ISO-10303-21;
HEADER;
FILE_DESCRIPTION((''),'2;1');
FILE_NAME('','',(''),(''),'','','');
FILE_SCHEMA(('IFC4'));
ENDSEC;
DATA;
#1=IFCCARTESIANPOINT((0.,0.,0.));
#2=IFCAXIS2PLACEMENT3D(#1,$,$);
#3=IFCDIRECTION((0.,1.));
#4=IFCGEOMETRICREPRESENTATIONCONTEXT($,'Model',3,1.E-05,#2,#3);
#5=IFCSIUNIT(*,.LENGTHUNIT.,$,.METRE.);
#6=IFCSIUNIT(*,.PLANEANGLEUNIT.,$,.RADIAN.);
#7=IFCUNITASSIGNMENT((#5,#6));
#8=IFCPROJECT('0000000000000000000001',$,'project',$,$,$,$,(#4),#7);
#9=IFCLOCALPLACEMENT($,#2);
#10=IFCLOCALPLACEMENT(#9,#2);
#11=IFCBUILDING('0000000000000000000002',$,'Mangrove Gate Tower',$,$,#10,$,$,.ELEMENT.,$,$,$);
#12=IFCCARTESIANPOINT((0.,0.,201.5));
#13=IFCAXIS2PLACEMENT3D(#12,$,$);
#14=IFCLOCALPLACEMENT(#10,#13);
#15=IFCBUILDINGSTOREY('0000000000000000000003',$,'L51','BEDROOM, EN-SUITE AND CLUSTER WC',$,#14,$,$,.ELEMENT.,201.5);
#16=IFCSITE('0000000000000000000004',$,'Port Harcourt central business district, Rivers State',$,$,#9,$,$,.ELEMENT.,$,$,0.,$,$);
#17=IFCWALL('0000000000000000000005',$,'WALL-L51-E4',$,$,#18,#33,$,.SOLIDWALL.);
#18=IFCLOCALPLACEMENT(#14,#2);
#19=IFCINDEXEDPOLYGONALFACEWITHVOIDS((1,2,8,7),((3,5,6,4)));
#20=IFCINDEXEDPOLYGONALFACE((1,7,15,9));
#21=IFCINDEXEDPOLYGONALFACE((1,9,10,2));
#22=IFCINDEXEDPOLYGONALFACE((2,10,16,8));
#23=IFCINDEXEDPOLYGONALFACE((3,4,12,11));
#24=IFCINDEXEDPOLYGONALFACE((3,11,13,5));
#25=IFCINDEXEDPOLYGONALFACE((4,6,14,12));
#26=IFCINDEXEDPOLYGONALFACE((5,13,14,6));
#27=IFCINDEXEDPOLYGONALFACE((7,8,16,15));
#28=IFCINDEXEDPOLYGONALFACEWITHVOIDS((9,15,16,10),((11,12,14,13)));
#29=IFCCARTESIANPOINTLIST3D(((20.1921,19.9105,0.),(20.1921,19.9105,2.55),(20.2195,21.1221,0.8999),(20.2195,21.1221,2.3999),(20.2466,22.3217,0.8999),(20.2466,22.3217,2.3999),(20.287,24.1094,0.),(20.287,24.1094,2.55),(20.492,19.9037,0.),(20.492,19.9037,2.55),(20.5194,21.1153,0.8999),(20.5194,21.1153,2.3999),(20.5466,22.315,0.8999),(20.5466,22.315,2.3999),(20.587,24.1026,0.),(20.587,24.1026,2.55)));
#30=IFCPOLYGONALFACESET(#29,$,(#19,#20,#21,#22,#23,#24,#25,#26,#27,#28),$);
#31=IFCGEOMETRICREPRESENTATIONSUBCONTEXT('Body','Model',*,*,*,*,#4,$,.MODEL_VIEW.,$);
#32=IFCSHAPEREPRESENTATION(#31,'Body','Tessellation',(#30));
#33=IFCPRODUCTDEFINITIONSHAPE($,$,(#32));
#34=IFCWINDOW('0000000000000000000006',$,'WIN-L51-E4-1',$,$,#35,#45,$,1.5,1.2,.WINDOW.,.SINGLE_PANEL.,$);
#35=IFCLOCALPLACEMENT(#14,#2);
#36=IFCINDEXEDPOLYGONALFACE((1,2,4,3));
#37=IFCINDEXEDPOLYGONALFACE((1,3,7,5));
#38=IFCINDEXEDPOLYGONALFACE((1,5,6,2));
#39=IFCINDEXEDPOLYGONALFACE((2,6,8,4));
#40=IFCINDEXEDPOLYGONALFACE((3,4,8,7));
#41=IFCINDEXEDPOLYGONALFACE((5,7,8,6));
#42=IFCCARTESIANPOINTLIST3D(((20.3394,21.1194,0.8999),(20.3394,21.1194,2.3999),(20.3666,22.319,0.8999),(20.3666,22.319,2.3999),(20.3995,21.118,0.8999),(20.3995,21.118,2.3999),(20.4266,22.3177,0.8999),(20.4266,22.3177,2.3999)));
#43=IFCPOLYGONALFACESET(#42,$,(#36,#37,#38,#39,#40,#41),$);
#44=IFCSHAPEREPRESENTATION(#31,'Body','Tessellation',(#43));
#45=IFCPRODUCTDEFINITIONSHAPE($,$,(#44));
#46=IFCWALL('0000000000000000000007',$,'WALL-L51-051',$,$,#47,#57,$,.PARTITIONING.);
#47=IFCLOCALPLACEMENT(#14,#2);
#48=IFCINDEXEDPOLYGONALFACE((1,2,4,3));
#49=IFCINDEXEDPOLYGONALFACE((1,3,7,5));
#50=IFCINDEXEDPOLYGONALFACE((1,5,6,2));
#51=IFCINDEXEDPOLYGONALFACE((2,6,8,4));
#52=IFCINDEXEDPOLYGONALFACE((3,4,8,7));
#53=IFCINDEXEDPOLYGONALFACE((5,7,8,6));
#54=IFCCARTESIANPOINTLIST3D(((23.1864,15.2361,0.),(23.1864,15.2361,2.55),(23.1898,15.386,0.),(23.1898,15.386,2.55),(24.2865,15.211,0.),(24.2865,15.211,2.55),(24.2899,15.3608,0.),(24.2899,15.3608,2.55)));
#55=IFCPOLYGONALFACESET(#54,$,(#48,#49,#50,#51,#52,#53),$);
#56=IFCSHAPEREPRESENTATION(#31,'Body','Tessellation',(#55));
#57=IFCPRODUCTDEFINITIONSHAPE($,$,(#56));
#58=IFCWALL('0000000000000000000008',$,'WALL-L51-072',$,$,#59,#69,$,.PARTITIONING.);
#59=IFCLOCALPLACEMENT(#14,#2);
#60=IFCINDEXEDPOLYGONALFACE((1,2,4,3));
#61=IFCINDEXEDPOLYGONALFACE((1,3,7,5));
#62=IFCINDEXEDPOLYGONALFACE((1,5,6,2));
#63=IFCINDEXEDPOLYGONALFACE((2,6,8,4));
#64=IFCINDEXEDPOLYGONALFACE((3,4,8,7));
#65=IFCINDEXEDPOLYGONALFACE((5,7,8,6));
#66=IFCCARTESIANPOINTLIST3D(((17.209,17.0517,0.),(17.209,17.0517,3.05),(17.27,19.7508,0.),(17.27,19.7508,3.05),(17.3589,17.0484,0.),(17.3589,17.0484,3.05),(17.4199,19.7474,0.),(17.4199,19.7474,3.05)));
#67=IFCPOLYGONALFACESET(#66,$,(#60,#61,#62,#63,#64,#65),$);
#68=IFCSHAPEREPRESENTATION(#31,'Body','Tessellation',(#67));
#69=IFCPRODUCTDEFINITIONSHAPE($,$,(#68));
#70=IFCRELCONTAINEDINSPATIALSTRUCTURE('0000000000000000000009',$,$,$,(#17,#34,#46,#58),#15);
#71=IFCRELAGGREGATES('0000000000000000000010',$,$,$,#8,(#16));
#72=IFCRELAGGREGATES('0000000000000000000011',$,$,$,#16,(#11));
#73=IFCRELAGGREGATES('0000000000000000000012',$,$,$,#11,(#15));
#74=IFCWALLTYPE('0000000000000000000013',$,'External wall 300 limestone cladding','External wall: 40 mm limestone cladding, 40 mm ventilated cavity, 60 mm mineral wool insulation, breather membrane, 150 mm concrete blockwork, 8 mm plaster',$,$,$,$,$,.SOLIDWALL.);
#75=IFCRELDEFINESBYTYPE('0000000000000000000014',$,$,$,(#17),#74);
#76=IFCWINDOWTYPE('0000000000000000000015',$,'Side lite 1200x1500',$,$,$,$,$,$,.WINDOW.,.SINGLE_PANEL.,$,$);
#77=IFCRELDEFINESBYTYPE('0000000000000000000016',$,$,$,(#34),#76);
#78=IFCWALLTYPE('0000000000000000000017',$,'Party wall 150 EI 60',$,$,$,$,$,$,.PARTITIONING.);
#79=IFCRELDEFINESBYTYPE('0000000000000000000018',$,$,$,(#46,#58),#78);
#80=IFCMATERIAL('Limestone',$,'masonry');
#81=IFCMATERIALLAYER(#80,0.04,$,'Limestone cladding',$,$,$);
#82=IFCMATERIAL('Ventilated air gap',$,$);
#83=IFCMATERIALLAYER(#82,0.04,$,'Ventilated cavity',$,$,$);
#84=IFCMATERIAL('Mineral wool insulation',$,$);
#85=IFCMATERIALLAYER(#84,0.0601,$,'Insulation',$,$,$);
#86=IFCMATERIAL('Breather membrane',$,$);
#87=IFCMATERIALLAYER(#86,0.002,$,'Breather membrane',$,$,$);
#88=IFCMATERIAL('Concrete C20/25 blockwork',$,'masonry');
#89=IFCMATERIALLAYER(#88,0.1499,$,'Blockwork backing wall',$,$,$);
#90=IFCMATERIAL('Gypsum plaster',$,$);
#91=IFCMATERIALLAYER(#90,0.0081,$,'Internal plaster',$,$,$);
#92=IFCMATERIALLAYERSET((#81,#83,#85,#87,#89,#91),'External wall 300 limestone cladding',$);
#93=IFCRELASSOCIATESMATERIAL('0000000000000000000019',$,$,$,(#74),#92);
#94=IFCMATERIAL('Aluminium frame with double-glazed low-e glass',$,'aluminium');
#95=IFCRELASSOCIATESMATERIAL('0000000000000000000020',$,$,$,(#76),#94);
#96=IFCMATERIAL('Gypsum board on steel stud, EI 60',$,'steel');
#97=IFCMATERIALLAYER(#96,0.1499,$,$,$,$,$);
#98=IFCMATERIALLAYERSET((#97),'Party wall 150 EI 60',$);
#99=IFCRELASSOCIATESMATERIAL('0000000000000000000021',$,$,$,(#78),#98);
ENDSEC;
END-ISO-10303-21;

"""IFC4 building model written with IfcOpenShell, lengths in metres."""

from ifc_helpers import new_model, si_unit, direction, frame, frame_2d, origin, place, context, subcontext, project, spatial, rectangle, extrude, material, layer, layer_set, type_object, element, fill, save


model = new_model("IFC4")

# Units and contexts
model_context = context("Model", 3, precision=1e-05, world=origin(), true_north=direction((0.0, 1.0)))
body_context = subcontext(model_context, "Body", "Model", "MODEL_VIEW")
ifc_project = project(units=[si_unit("LENGTHUNIT", "METRE"), si_unit("PLANEANGLEUNIT", "RADIAN")], contexts=[model_context])

# Site, building, storey
site_placement = place(None, origin())
site = spatial("IfcSite", under=ifc_project, at=site_placement, Name="Port Harcourt central business district, Rivers State", CompositionType="ELEMENT", RefElevation=0.0)
building_placement = place(site_placement, origin())
building = spatial("IfcBuilding", under=site, at=building_placement, Name="Mangrove Gate Tower", CompositionType="ELEMENT")
storey_placement = place(building_placement, frame((0.0, 0.0, 201.5)))
storey = spatial("IfcBuildingStorey", under=building, at=storey_placement, Name="L51", Description="BEDROOM, EN-SUITE AND CLUSTER WC", CompositionType="ELEMENT", Elevation=201.5)

# Wall, opening, window
ifc_material_1 = material(Name="Limestone", Category="masonry")
ifc_layer_1 = layer(ifc_material_1, 0.04, Name="Limestone cladding")
ifc_material_2 = material(Name="Ventilated air gap")
ifc_layer_2 = layer(ifc_material_2, 0.04, Name="Ventilated cavity")
ifc_material_3 = material(Name="Mineral wool insulation")
ifc_layer_3 = layer(ifc_material_3, 0.0601, Name="Insulation")
ifc_material_4 = material(Name="Breather membrane")
ifc_layer_4 = layer(ifc_material_4, 0.002, Name="Breather membrane")
ifc_material_5 = material(Name="Concrete C20/25 blockwork", Category="masonry")
ifc_layer_5 = layer(ifc_material_5, 0.1499, Name="Blockwork backing wall")
ifc_material_6 = material(Name="Gypsum plaster")
ifc_layer_6 = layer(ifc_material_6, 0.0081, Name="Internal plaster")
ifc_layer_set_1 = layer_set([ifc_layer_1, ifc_layer_2, ifc_layer_3, ifc_layer_4, ifc_layer_5, ifc_layer_6], Name="External wall 300 limestone cladding")
wall_type_1 = type_object("IfcWallType", Name="External wall 300 limestone cladding", Description="External wall: 40 mm limestone cladding, 40 mm ventilated cavity, 60 mm mineral wool insulation, breather membrane, 150 mm concrete blockwork, 8 mm plaster", PredefinedType="SOLIDWALL", material=ifc_layer_set_1)
ifc_material_7 = material(Name="Aluminium frame with double-glazed low-e glass", Category="aluminium")
window_type_1 = type_object("IfcWindowType", Name="Side lite 1200x1500", PartitioningType="SINGLE_PANEL", PredefinedType="WINDOW", material=ifc_material_7)
wall_1_placement = place(storey_placement, frame((20.342, 19.907, 0.0), z_axis=(0.0, 0.0, 1.0), x_axis=(0.022612, 0.999744, 0.0)))
wall_1 = element("IfcWall", 1, at=wall_1_placement, inside=storey, type_object=wall_type_1, Name="WALL-L51-E4", PredefinedType="SOLIDWALL", context=body_context, shape_type="SweptSolid", body=[
    extrude(rectangle(XDim=4.2, YDim=0.3, at=frame_2d((2.1001, 0.0))), origin(), (0.0, 0.0, 1.0), 2.55),
])
opening_1_placement = place(wall_1_placement, frame((1.2119, 0.0, 0.8999)))
opening_1 = element("IfcOpeningElement", 2, at=opening_1_placement, cuts=wall_1, PredefinedType="OPENING", context=body_context, shape_type="SweptSolid", body=[
    extrude(rectangle(XDim=1.2, YDim=1.5, at=frame_2d((0.6001, 0.75))), frame((0.0, 0.1599, 0.0), z_axis=(0.0, -1.0, 0.0), x_axis=(1.0, 0.0, 0.0)), (0.0, 0.0, 1.0), 0.3201),
])
window_1_placement = place(opening_1_placement, origin())
window_1 = element("IfcWindow", 3, at=window_1_placement, inside=storey, type_object=window_type_1, Name="WIN-L51-E4-1", OverallHeight=1.5, OverallWidth=1.2, PartitioningType="SINGLE_PANEL", PredefinedType="WINDOW", context=body_context, shape_type="SweptSolid", body=[
    extrude(rectangle(XDim=1.2, YDim=1.5, at=frame_2d((0.6001, 0.75))), frame((0.0, 0.03, 0.0), z_axis=(0.0, -1.0, 0.0), x_axis=(1.0, 0.0, 0.0)), (0.0, 0.0, 1.0), 0.0601),
])
fill(opening_1, window_1)

# Walls
ifc_material_8 = material(Name="Gypsum board on steel stud, EI 60", Category="steel")
ifc_layer_7 = layer(ifc_material_8, 0.1499)
ifc_layer_set_2 = layer_set([ifc_layer_7], Name="Party wall 150 EI 60")
wall_type_2 = type_object("IfcWallType", Name="Party wall 150 EI 60", PredefinedType="PARTITIONING", material=ifc_layer_set_2)
wall_2_placement = place(storey_placement, frame((23.188, 15.311, 0.0), z_axis=(0.0, 0.0, 1.0), x_axis=(0.999739, -0.022852, 0.0)))
element("IfcWall", 4, at=wall_2_placement, inside=storey, type_object=wall_type_2, Name="WALL-L51-051", PredefinedType="PARTITIONING", context=body_context, shape_type="SweptSolid", body=[
    extrude(rectangle(XDim=1.1003, YDim=0.1499, at=frame_2d((0.5503, 0.0))), origin(), (0.0, 0.0, 1.0), 2.55),
])
wall_3_placement = place(storey_placement, frame((17.2839, 17.05, 0.0), z_axis=(0.0, 0.0, 1.0), x_axis=(0.022608, 0.999744, 0.0)))
element("IfcWall", 5, at=wall_3_placement, inside=storey, type_object=wall_type_2, Name="WALL-L51-072", PredefinedType="PARTITIONING", context=body_context, shape_type="SweptSolid", body=[
    extrude(rectangle(XDim=2.6997, YDim=0.1499, at=frame_2d((1.3499, 0.0))), origin(), (0.0, 0.0, 1.0), 3.05),
])

save(model, "model.ifc")
